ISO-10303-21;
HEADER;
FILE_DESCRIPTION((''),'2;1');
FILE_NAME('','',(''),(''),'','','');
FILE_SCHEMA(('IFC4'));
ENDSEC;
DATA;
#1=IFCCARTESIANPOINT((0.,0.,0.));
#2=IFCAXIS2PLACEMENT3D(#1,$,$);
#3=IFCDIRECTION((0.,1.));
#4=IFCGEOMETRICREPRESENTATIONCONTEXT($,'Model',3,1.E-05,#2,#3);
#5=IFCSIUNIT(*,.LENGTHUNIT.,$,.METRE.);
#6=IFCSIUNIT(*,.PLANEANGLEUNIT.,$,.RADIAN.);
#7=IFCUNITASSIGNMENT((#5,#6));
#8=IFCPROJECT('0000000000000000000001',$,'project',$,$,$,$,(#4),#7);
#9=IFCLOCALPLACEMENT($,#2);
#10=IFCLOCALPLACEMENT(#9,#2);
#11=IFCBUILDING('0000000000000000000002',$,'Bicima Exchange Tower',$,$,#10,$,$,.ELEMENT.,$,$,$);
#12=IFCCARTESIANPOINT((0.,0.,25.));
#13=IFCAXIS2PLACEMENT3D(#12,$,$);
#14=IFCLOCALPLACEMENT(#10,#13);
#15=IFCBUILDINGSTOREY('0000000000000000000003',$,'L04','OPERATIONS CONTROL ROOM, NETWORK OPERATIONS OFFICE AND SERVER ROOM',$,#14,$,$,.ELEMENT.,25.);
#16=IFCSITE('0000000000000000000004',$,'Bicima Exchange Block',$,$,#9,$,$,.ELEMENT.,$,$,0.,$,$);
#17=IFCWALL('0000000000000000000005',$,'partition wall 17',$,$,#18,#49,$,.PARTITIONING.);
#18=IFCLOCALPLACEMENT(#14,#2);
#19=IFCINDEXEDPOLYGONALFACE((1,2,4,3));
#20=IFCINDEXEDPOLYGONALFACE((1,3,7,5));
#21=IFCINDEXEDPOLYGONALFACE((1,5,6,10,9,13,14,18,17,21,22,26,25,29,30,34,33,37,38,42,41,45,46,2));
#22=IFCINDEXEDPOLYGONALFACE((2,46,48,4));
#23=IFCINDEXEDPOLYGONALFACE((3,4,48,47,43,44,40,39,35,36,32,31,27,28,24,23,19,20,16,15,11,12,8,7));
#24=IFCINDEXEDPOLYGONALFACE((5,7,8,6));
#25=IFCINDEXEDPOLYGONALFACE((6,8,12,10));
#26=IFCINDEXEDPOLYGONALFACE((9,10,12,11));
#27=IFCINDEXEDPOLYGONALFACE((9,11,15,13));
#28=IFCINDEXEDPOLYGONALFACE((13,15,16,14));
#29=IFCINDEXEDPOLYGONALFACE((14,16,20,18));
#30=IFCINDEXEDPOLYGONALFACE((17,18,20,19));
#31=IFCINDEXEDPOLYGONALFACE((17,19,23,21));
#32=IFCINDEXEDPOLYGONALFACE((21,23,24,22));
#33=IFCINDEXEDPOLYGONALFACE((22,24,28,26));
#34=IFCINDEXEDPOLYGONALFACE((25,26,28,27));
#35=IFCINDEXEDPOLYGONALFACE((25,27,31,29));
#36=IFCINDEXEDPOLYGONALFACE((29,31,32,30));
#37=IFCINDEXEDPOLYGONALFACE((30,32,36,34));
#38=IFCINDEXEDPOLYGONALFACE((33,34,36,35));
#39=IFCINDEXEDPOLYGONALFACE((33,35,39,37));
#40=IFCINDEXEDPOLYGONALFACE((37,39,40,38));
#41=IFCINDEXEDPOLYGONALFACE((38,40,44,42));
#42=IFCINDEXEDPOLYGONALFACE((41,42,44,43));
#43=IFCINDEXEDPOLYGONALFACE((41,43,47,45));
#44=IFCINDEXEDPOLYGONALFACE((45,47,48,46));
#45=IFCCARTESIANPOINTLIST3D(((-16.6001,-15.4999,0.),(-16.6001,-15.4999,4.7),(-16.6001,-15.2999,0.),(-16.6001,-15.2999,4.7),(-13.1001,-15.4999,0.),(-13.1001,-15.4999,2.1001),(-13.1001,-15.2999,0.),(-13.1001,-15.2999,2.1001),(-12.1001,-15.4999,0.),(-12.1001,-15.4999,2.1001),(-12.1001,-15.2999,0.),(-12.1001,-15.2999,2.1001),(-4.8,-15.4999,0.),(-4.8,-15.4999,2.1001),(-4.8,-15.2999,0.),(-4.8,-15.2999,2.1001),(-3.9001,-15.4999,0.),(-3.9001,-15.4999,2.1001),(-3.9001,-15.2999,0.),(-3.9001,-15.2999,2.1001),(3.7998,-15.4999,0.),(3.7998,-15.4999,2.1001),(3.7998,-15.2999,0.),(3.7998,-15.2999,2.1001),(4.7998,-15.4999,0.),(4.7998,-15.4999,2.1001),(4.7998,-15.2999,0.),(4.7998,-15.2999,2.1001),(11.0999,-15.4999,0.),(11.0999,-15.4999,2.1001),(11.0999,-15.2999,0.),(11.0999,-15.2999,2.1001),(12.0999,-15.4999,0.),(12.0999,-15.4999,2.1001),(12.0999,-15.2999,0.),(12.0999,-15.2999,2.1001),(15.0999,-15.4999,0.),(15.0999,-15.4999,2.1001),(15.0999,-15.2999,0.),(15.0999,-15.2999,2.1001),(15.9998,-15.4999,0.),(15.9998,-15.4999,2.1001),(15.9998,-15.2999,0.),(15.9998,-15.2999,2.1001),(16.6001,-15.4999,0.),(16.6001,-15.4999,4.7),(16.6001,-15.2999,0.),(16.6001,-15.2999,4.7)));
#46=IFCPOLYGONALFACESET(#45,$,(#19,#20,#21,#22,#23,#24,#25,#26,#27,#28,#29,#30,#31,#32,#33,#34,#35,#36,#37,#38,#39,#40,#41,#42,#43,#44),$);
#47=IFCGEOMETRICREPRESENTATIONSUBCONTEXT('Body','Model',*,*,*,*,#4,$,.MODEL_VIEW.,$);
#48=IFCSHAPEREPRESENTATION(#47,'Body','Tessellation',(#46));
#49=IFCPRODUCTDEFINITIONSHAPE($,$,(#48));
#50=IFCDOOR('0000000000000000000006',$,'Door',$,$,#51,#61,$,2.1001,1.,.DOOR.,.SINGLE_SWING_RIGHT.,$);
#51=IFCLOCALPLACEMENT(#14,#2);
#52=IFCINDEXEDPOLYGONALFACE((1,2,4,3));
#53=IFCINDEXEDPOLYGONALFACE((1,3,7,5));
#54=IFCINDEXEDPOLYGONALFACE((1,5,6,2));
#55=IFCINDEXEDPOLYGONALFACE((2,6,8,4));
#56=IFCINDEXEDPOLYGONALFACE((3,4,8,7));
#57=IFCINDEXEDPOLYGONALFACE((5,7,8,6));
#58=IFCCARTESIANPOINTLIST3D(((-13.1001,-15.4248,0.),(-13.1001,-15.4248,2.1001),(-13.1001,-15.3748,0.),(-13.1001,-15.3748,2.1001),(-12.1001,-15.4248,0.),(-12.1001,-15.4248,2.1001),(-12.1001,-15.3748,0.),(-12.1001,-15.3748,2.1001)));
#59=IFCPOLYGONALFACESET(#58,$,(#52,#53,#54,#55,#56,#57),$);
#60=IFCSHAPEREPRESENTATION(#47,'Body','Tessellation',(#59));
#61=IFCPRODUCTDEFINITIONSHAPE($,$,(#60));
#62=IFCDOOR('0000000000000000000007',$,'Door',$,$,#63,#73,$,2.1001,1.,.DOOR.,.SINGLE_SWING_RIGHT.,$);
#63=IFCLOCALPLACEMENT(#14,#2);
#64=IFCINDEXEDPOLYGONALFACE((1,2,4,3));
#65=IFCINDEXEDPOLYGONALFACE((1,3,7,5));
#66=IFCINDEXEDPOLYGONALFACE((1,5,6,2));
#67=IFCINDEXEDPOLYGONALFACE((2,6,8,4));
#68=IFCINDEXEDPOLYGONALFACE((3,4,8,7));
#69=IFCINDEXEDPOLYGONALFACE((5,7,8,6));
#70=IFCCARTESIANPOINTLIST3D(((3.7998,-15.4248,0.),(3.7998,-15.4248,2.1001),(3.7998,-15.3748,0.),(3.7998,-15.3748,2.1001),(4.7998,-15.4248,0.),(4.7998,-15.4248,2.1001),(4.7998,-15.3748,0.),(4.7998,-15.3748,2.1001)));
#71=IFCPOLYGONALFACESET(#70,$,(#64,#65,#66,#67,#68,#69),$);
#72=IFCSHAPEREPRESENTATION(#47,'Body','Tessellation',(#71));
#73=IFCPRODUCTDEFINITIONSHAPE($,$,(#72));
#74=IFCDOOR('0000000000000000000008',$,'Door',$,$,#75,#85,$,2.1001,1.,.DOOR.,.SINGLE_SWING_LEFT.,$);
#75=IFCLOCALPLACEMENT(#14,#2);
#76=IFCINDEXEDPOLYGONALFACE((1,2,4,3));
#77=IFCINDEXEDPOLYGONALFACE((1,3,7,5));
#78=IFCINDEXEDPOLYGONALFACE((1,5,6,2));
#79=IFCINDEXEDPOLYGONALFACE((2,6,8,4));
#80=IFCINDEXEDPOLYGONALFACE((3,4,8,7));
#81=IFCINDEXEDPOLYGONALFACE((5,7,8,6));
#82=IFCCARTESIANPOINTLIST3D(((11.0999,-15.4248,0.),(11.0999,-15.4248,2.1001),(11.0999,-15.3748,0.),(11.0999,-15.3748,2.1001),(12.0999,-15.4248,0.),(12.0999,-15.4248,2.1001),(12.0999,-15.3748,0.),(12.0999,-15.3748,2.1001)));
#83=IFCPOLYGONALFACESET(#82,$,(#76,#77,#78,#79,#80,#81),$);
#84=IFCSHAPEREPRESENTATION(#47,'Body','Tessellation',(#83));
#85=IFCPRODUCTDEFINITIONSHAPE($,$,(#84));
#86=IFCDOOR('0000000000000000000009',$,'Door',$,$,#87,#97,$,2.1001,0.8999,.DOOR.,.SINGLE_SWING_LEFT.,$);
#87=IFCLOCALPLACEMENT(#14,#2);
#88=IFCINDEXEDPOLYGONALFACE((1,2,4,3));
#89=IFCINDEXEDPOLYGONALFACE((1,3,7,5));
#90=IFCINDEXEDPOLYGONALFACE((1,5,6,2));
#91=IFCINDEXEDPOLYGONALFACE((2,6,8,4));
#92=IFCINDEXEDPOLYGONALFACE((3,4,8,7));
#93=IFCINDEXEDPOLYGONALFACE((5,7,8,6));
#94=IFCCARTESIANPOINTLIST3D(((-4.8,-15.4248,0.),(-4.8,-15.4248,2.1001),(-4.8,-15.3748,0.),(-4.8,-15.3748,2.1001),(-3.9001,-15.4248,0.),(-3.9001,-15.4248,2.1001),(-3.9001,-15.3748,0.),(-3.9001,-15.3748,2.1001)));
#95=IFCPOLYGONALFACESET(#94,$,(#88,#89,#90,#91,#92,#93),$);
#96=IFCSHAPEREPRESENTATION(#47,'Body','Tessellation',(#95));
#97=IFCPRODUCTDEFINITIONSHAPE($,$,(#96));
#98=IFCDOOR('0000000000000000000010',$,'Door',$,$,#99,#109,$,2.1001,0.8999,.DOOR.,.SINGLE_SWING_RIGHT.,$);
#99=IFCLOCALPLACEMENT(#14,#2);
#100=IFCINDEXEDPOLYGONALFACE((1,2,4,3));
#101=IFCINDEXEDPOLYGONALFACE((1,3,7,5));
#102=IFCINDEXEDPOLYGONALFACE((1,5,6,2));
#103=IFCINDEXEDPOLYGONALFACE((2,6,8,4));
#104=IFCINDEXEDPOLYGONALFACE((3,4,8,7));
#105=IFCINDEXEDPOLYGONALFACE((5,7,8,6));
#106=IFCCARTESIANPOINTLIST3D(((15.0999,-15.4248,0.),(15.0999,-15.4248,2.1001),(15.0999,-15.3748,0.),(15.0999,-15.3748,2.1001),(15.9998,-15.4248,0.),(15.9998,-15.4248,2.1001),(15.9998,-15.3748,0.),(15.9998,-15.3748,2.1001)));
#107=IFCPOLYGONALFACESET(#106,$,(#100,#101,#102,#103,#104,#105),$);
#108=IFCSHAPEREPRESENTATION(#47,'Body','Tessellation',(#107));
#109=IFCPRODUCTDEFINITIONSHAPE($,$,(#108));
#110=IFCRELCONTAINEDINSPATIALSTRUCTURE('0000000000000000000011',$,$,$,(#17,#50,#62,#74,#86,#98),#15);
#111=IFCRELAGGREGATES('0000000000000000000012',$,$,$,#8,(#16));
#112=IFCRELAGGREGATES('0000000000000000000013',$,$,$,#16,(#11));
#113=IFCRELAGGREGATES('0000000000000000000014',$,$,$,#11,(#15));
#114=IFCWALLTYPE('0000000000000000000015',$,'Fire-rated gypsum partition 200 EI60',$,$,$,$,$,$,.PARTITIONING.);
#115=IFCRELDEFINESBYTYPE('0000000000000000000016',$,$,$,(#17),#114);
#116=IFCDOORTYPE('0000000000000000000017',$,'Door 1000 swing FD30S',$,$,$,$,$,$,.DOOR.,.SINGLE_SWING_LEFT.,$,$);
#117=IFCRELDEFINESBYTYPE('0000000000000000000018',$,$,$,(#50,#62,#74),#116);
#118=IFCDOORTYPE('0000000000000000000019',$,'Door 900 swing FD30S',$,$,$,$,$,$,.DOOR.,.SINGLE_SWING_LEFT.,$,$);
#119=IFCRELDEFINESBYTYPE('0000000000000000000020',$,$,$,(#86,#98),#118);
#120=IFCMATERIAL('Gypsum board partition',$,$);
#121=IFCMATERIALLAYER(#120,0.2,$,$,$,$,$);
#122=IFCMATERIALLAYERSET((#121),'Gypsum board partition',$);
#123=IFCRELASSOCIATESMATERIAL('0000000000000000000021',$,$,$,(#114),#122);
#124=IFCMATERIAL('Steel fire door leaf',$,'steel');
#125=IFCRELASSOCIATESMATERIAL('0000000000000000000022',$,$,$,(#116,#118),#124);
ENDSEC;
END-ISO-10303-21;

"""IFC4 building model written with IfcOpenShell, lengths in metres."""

from ifc_helpers import new_model, si_unit, direction, frame, frame_2d, origin, place, context, subcontext, project, spatial, rectangle, extrude, material, layer, layer_set, type_object, element, fill, save


model = new_model("IFC4")

# Units and contexts
model_context = context("Model", 3, precision=1e-05, world=origin(), true_north=direction((0.0, 1.0)))
body_context = subcontext(model_context, "Body", "Model", "MODEL_VIEW")
ifc_project = project(units=[si_unit("LENGTHUNIT", "METRE"), si_unit("PLANEANGLEUNIT", "RADIAN")], contexts=[model_context])

# Site, building, storey
site_placement = place(None, origin())
site = spatial("IfcSite", under=ifc_project, at=site_placement, Name="Bicima Exchange Block", CompositionType="ELEMENT", RefElevation=0.0)
building_placement = place(site_placement, origin())
building = spatial("IfcBuilding", under=site, at=building_placement, Name="Bicima Exchange Tower", CompositionType="ELEMENT")
storey_placement = place(building_placement, frame((0.0, 0.0, 25.0)))
storey = spatial("IfcBuildingStorey", under=building, at=storey_placement, Name="L04", Description="OPERATIONS CONTROL ROOM, NETWORK OPERATIONS OFFICE AND SERVER ROOM", CompositionType="ELEMENT", Elevation=25.0)

# Wall, openings, doors
ifc_material_1 = material(Name="Gypsum board partition")
ifc_layer_1 = layer(ifc_material_1, 0.2)
ifc_layer_set_1 = layer_set([ifc_layer_1], Name="Gypsum board partition")
wall_type_1 = type_object("IfcWallType", Name="Fire-rated gypsum partition 200 EI60", PredefinedType="PARTITIONING", material=ifc_layer_set_1)
wall_1_placement = place(storey_placement, frame((-16.6001, -15.3999, 0.0), z_axis=(0.0, 0.0, 1.0), x_axis=(1.0, 0.0, 0.0)))
wall_1 = element("IfcWall", 1, at=wall_1_placement, inside=storey, type_object=wall_type_1, Name="partition wall 17", PredefinedType="PARTITIONING", context=body_context, shape_type="SweptSolid", body=[
    extrude(rectangle(XDim=33.2002, YDim=0.2, at=frame_2d((16.6001, 0.0))), origin(), (0.0, 0.0, 1.0), 4.7),
])
opening_1_placement = place(wall_1_placement, frame((3.5, 0.0, 0.0)))
opening_1 = element("IfcOpeningElement", 2, at=opening_1_placement, cuts=wall_1, PredefinedType="OPENING", context=body_context, shape_type="SweptSolid", body=[
    extrude(rectangle(XDim=1.0, YDim=2.1001, at=frame_2d((0.5, 1.05))), frame((0.0, 0.1118, 0.0), z_axis=(0.0, -1.0, 0.0), x_axis=(1.0, 0.0, 0.0)), (0.0, 0.0, 1.0), 0.2239),
])
opening_2_placement = place(wall_1_placement, frame((11.8, 0.0, 0.0)))
opening_2 = element("IfcOpeningElement", 3, at=opening_2_placement, cuts=wall_1, PredefinedType="OPENING", context=body_context, shape_type="SweptSolid", body=[
    extrude(rectangle(XDim=0.8999, YDim=2.1001, at=frame_2d((0.45, 1.05))), frame((0.0, 0.1118, 0.0), z_axis=(0.0, -1.0, 0.0), x_axis=(1.0, 0.0, 0.0)), (0.0, 0.0, 1.0), 0.2239),
])
opening_3_placement = place(wall_1_placement, frame((20.3999, 0.0, 0.0)))
opening_3 = element("IfcOpeningElement", 4, at=opening_3_placement, cuts=wall_1, PredefinedType="OPENING", context=body_context, shape_type="SweptSolid", body=[
    extrude(rectangle(XDim=1.0, YDim=2.1001, at=frame_2d((0.5, 1.05))), frame((0.0, 0.1118, 0.0), z_axis=(0.0, -1.0, 0.0), x_axis=(1.0, 0.0, 0.0)), (0.0, 0.0, 1.0), 0.2239),
])
opening_4_placement = place(wall_1_placement, frame((27.7, 0.0, 0.0)))
opening_4 = element("IfcOpeningElement", 5, at=opening_4_placement, cuts=wall_1, PredefinedType="OPENING", context=body_context, shape_type="SweptSolid", body=[
    extrude(rectangle(XDim=1.0, YDim=2.1001, at=frame_2d((0.5, 1.05))), frame((0.0, 0.1118, 0.0), z_axis=(0.0, -1.0, 0.0), x_axis=(1.0, 0.0, 0.0)), (0.0, 0.0, 1.0), 0.2239),
])
opening_5_placement = place(wall_1_placement, frame((31.7, 0.0, 0.0)))
opening_5 = element("IfcOpeningElement", 6, at=opening_5_placement, cuts=wall_1, PredefinedType="OPENING", context=body_context, shape_type="SweptSolid", body=[
    extrude(rectangle(XDim=0.8999, YDim=2.1001, at=frame_2d((0.45, 1.05))), frame((0.0, 0.1118, 0.0), z_axis=(0.0, -1.0, 0.0), x_axis=(1.0, 0.0, 0.0)), (0.0, 0.0, 1.0), 0.2239),
])
ifc_material_2 = material(Name="Steel fire door leaf", Category="steel")
door_type_1 = type_object("IfcDoorType", Name="Door 1000 swing FD30S", OperationType="SINGLE_SWING_LEFT", PredefinedType="DOOR", material=ifc_material_2)
door_1_placement = place(opening_1_placement, frame((1.0, 0.0, 0.0), z_axis=(0.0, 0.0, 1.0), x_axis=(-1.0, 0.0, 0.0)))
door_1 = element("IfcDoor", 7, at=door_1_placement, inside=storey, type_object=door_type_1, Name="Door", OperationType="SINGLE_SWING_RIGHT", OverallHeight=2.1001, OverallWidth=1.0, PredefinedType="DOOR", context=body_context, shape_type="SweptSolid", body=[
    extrude(rectangle(XDim=1.0, YDim=2.1001, at=frame_2d((0.5, 1.05))), frame((0.0, 0.0249, 0.0), z_axis=(0.0, -1.0, 0.0), x_axis=(1.0, 0.0, 0.0)), (0.0, 0.0, 1.0), 0.05),
])
fill(opening_1, door_1)
door_2_placement = place(opening_3_placement, frame((1.0, 0.0, 0.0), z_axis=(0.0, 0.0, 1.0), x_axis=(-1.0, 0.0, 0.0)))
door_2 = element("IfcDoor", 8, at=door_2_placement, inside=storey, type_object=door_type_1, Name="Door", OperationType="SINGLE_SWING_RIGHT", OverallHeight=2.1001, OverallWidth=1.0, PredefinedType="DOOR", context=body_context, shape_type="SweptSolid", body=[
    extrude(rectangle(XDim=1.0, YDim=2.1001, at=frame_2d((0.5, 1.05))), frame((0.0, 0.0249, 0.0), z_axis=(0.0, -1.0, 0.0), x_axis=(1.0, 0.0, 0.0)), (0.0, 0.0, 1.0), 0.05),
])
fill(opening_3, door_2)
door_3_placement = place(opening_4_placement, frame((1.0, 0.0, 0.0), z_axis=(0.0, 0.0, 1.0), x_axis=(-1.0, 0.0, 0.0)))
door_3 = element("IfcDoor", 9, at=door_3_placement, inside=storey, type_object=door_type_1, Name="Door", OperationType="SINGLE_SWING_LEFT", OverallHeight=2.1001, OverallWidth=1.0, PredefinedType="DOOR", context=body_context, shape_type="SweptSolid", body=[
    extrude(rectangle(XDim=1.0, YDim=2.1001, at=frame_2d((0.5, 1.05))), frame((0.0, 0.0249, 0.0), z_axis=(0.0, -1.0, 0.0), x_axis=(1.0, 0.0, 0.0)), (0.0, 0.0, 1.0), 0.05),
])
fill(opening_4, door_3)
door_type_2 = type_object("IfcDoorType", Name="Door 900 swing FD30S", OperationType="SINGLE_SWING_LEFT", PredefinedType="DOOR", material=ifc_material_2)
door_4_placement = place(opening_2_placement, frame((0.8999, 0.0, 0.0), z_axis=(0.0, 0.0, 1.0), x_axis=(-1.0, 0.0, 0.0)))
door_4 = element("IfcDoor", 10, at=door_4_placement, inside=storey, type_object=door_type_2, Name="Door", OperationType="SINGLE_SWING_LEFT", OverallHeight=2.1001, OverallWidth=0.8999, PredefinedType="DOOR", context=body_context, shape_type="SweptSolid", body=[
    extrude(rectangle(XDim=0.8999, YDim=2.1001, at=frame_2d((0.45, 1.05))), frame((0.0, 0.0249, 0.0), z_axis=(0.0, -1.0, 0.0), x_axis=(1.0, 0.0, 0.0)), (0.0, 0.0, 1.0), 0.05),
])
fill(opening_2, door_4)
door_5_placement = place(opening_5_placement, frame((0.8999, 0.0, 0.0), z_axis=(0.0, 0.0, 1.0), x_axis=(-1.0, 0.0, 0.0)))
door_5 = element("IfcDoor", 11, at=door_5_placement, inside=storey, type_object=door_type_2, Name="Door", OperationType="SINGLE_SWING_RIGHT", OverallHeight=2.1001, OverallWidth=0.8999, PredefinedType="DOOR", context=body_context, shape_type="SweptSolid", body=[
    extrude(rectangle(XDim=0.8999, YDim=2.1001, at=frame_2d((0.45, 1.05))), frame((0.0, 0.0249, 0.0), z_axis=(0.0, -1.0, 0.0), x_axis=(1.0, 0.0, 0.0)), (0.0, 0.0, 1.0), 0.05),
])
fill(opening_5, door_5)

save(model, "model.ifc")
